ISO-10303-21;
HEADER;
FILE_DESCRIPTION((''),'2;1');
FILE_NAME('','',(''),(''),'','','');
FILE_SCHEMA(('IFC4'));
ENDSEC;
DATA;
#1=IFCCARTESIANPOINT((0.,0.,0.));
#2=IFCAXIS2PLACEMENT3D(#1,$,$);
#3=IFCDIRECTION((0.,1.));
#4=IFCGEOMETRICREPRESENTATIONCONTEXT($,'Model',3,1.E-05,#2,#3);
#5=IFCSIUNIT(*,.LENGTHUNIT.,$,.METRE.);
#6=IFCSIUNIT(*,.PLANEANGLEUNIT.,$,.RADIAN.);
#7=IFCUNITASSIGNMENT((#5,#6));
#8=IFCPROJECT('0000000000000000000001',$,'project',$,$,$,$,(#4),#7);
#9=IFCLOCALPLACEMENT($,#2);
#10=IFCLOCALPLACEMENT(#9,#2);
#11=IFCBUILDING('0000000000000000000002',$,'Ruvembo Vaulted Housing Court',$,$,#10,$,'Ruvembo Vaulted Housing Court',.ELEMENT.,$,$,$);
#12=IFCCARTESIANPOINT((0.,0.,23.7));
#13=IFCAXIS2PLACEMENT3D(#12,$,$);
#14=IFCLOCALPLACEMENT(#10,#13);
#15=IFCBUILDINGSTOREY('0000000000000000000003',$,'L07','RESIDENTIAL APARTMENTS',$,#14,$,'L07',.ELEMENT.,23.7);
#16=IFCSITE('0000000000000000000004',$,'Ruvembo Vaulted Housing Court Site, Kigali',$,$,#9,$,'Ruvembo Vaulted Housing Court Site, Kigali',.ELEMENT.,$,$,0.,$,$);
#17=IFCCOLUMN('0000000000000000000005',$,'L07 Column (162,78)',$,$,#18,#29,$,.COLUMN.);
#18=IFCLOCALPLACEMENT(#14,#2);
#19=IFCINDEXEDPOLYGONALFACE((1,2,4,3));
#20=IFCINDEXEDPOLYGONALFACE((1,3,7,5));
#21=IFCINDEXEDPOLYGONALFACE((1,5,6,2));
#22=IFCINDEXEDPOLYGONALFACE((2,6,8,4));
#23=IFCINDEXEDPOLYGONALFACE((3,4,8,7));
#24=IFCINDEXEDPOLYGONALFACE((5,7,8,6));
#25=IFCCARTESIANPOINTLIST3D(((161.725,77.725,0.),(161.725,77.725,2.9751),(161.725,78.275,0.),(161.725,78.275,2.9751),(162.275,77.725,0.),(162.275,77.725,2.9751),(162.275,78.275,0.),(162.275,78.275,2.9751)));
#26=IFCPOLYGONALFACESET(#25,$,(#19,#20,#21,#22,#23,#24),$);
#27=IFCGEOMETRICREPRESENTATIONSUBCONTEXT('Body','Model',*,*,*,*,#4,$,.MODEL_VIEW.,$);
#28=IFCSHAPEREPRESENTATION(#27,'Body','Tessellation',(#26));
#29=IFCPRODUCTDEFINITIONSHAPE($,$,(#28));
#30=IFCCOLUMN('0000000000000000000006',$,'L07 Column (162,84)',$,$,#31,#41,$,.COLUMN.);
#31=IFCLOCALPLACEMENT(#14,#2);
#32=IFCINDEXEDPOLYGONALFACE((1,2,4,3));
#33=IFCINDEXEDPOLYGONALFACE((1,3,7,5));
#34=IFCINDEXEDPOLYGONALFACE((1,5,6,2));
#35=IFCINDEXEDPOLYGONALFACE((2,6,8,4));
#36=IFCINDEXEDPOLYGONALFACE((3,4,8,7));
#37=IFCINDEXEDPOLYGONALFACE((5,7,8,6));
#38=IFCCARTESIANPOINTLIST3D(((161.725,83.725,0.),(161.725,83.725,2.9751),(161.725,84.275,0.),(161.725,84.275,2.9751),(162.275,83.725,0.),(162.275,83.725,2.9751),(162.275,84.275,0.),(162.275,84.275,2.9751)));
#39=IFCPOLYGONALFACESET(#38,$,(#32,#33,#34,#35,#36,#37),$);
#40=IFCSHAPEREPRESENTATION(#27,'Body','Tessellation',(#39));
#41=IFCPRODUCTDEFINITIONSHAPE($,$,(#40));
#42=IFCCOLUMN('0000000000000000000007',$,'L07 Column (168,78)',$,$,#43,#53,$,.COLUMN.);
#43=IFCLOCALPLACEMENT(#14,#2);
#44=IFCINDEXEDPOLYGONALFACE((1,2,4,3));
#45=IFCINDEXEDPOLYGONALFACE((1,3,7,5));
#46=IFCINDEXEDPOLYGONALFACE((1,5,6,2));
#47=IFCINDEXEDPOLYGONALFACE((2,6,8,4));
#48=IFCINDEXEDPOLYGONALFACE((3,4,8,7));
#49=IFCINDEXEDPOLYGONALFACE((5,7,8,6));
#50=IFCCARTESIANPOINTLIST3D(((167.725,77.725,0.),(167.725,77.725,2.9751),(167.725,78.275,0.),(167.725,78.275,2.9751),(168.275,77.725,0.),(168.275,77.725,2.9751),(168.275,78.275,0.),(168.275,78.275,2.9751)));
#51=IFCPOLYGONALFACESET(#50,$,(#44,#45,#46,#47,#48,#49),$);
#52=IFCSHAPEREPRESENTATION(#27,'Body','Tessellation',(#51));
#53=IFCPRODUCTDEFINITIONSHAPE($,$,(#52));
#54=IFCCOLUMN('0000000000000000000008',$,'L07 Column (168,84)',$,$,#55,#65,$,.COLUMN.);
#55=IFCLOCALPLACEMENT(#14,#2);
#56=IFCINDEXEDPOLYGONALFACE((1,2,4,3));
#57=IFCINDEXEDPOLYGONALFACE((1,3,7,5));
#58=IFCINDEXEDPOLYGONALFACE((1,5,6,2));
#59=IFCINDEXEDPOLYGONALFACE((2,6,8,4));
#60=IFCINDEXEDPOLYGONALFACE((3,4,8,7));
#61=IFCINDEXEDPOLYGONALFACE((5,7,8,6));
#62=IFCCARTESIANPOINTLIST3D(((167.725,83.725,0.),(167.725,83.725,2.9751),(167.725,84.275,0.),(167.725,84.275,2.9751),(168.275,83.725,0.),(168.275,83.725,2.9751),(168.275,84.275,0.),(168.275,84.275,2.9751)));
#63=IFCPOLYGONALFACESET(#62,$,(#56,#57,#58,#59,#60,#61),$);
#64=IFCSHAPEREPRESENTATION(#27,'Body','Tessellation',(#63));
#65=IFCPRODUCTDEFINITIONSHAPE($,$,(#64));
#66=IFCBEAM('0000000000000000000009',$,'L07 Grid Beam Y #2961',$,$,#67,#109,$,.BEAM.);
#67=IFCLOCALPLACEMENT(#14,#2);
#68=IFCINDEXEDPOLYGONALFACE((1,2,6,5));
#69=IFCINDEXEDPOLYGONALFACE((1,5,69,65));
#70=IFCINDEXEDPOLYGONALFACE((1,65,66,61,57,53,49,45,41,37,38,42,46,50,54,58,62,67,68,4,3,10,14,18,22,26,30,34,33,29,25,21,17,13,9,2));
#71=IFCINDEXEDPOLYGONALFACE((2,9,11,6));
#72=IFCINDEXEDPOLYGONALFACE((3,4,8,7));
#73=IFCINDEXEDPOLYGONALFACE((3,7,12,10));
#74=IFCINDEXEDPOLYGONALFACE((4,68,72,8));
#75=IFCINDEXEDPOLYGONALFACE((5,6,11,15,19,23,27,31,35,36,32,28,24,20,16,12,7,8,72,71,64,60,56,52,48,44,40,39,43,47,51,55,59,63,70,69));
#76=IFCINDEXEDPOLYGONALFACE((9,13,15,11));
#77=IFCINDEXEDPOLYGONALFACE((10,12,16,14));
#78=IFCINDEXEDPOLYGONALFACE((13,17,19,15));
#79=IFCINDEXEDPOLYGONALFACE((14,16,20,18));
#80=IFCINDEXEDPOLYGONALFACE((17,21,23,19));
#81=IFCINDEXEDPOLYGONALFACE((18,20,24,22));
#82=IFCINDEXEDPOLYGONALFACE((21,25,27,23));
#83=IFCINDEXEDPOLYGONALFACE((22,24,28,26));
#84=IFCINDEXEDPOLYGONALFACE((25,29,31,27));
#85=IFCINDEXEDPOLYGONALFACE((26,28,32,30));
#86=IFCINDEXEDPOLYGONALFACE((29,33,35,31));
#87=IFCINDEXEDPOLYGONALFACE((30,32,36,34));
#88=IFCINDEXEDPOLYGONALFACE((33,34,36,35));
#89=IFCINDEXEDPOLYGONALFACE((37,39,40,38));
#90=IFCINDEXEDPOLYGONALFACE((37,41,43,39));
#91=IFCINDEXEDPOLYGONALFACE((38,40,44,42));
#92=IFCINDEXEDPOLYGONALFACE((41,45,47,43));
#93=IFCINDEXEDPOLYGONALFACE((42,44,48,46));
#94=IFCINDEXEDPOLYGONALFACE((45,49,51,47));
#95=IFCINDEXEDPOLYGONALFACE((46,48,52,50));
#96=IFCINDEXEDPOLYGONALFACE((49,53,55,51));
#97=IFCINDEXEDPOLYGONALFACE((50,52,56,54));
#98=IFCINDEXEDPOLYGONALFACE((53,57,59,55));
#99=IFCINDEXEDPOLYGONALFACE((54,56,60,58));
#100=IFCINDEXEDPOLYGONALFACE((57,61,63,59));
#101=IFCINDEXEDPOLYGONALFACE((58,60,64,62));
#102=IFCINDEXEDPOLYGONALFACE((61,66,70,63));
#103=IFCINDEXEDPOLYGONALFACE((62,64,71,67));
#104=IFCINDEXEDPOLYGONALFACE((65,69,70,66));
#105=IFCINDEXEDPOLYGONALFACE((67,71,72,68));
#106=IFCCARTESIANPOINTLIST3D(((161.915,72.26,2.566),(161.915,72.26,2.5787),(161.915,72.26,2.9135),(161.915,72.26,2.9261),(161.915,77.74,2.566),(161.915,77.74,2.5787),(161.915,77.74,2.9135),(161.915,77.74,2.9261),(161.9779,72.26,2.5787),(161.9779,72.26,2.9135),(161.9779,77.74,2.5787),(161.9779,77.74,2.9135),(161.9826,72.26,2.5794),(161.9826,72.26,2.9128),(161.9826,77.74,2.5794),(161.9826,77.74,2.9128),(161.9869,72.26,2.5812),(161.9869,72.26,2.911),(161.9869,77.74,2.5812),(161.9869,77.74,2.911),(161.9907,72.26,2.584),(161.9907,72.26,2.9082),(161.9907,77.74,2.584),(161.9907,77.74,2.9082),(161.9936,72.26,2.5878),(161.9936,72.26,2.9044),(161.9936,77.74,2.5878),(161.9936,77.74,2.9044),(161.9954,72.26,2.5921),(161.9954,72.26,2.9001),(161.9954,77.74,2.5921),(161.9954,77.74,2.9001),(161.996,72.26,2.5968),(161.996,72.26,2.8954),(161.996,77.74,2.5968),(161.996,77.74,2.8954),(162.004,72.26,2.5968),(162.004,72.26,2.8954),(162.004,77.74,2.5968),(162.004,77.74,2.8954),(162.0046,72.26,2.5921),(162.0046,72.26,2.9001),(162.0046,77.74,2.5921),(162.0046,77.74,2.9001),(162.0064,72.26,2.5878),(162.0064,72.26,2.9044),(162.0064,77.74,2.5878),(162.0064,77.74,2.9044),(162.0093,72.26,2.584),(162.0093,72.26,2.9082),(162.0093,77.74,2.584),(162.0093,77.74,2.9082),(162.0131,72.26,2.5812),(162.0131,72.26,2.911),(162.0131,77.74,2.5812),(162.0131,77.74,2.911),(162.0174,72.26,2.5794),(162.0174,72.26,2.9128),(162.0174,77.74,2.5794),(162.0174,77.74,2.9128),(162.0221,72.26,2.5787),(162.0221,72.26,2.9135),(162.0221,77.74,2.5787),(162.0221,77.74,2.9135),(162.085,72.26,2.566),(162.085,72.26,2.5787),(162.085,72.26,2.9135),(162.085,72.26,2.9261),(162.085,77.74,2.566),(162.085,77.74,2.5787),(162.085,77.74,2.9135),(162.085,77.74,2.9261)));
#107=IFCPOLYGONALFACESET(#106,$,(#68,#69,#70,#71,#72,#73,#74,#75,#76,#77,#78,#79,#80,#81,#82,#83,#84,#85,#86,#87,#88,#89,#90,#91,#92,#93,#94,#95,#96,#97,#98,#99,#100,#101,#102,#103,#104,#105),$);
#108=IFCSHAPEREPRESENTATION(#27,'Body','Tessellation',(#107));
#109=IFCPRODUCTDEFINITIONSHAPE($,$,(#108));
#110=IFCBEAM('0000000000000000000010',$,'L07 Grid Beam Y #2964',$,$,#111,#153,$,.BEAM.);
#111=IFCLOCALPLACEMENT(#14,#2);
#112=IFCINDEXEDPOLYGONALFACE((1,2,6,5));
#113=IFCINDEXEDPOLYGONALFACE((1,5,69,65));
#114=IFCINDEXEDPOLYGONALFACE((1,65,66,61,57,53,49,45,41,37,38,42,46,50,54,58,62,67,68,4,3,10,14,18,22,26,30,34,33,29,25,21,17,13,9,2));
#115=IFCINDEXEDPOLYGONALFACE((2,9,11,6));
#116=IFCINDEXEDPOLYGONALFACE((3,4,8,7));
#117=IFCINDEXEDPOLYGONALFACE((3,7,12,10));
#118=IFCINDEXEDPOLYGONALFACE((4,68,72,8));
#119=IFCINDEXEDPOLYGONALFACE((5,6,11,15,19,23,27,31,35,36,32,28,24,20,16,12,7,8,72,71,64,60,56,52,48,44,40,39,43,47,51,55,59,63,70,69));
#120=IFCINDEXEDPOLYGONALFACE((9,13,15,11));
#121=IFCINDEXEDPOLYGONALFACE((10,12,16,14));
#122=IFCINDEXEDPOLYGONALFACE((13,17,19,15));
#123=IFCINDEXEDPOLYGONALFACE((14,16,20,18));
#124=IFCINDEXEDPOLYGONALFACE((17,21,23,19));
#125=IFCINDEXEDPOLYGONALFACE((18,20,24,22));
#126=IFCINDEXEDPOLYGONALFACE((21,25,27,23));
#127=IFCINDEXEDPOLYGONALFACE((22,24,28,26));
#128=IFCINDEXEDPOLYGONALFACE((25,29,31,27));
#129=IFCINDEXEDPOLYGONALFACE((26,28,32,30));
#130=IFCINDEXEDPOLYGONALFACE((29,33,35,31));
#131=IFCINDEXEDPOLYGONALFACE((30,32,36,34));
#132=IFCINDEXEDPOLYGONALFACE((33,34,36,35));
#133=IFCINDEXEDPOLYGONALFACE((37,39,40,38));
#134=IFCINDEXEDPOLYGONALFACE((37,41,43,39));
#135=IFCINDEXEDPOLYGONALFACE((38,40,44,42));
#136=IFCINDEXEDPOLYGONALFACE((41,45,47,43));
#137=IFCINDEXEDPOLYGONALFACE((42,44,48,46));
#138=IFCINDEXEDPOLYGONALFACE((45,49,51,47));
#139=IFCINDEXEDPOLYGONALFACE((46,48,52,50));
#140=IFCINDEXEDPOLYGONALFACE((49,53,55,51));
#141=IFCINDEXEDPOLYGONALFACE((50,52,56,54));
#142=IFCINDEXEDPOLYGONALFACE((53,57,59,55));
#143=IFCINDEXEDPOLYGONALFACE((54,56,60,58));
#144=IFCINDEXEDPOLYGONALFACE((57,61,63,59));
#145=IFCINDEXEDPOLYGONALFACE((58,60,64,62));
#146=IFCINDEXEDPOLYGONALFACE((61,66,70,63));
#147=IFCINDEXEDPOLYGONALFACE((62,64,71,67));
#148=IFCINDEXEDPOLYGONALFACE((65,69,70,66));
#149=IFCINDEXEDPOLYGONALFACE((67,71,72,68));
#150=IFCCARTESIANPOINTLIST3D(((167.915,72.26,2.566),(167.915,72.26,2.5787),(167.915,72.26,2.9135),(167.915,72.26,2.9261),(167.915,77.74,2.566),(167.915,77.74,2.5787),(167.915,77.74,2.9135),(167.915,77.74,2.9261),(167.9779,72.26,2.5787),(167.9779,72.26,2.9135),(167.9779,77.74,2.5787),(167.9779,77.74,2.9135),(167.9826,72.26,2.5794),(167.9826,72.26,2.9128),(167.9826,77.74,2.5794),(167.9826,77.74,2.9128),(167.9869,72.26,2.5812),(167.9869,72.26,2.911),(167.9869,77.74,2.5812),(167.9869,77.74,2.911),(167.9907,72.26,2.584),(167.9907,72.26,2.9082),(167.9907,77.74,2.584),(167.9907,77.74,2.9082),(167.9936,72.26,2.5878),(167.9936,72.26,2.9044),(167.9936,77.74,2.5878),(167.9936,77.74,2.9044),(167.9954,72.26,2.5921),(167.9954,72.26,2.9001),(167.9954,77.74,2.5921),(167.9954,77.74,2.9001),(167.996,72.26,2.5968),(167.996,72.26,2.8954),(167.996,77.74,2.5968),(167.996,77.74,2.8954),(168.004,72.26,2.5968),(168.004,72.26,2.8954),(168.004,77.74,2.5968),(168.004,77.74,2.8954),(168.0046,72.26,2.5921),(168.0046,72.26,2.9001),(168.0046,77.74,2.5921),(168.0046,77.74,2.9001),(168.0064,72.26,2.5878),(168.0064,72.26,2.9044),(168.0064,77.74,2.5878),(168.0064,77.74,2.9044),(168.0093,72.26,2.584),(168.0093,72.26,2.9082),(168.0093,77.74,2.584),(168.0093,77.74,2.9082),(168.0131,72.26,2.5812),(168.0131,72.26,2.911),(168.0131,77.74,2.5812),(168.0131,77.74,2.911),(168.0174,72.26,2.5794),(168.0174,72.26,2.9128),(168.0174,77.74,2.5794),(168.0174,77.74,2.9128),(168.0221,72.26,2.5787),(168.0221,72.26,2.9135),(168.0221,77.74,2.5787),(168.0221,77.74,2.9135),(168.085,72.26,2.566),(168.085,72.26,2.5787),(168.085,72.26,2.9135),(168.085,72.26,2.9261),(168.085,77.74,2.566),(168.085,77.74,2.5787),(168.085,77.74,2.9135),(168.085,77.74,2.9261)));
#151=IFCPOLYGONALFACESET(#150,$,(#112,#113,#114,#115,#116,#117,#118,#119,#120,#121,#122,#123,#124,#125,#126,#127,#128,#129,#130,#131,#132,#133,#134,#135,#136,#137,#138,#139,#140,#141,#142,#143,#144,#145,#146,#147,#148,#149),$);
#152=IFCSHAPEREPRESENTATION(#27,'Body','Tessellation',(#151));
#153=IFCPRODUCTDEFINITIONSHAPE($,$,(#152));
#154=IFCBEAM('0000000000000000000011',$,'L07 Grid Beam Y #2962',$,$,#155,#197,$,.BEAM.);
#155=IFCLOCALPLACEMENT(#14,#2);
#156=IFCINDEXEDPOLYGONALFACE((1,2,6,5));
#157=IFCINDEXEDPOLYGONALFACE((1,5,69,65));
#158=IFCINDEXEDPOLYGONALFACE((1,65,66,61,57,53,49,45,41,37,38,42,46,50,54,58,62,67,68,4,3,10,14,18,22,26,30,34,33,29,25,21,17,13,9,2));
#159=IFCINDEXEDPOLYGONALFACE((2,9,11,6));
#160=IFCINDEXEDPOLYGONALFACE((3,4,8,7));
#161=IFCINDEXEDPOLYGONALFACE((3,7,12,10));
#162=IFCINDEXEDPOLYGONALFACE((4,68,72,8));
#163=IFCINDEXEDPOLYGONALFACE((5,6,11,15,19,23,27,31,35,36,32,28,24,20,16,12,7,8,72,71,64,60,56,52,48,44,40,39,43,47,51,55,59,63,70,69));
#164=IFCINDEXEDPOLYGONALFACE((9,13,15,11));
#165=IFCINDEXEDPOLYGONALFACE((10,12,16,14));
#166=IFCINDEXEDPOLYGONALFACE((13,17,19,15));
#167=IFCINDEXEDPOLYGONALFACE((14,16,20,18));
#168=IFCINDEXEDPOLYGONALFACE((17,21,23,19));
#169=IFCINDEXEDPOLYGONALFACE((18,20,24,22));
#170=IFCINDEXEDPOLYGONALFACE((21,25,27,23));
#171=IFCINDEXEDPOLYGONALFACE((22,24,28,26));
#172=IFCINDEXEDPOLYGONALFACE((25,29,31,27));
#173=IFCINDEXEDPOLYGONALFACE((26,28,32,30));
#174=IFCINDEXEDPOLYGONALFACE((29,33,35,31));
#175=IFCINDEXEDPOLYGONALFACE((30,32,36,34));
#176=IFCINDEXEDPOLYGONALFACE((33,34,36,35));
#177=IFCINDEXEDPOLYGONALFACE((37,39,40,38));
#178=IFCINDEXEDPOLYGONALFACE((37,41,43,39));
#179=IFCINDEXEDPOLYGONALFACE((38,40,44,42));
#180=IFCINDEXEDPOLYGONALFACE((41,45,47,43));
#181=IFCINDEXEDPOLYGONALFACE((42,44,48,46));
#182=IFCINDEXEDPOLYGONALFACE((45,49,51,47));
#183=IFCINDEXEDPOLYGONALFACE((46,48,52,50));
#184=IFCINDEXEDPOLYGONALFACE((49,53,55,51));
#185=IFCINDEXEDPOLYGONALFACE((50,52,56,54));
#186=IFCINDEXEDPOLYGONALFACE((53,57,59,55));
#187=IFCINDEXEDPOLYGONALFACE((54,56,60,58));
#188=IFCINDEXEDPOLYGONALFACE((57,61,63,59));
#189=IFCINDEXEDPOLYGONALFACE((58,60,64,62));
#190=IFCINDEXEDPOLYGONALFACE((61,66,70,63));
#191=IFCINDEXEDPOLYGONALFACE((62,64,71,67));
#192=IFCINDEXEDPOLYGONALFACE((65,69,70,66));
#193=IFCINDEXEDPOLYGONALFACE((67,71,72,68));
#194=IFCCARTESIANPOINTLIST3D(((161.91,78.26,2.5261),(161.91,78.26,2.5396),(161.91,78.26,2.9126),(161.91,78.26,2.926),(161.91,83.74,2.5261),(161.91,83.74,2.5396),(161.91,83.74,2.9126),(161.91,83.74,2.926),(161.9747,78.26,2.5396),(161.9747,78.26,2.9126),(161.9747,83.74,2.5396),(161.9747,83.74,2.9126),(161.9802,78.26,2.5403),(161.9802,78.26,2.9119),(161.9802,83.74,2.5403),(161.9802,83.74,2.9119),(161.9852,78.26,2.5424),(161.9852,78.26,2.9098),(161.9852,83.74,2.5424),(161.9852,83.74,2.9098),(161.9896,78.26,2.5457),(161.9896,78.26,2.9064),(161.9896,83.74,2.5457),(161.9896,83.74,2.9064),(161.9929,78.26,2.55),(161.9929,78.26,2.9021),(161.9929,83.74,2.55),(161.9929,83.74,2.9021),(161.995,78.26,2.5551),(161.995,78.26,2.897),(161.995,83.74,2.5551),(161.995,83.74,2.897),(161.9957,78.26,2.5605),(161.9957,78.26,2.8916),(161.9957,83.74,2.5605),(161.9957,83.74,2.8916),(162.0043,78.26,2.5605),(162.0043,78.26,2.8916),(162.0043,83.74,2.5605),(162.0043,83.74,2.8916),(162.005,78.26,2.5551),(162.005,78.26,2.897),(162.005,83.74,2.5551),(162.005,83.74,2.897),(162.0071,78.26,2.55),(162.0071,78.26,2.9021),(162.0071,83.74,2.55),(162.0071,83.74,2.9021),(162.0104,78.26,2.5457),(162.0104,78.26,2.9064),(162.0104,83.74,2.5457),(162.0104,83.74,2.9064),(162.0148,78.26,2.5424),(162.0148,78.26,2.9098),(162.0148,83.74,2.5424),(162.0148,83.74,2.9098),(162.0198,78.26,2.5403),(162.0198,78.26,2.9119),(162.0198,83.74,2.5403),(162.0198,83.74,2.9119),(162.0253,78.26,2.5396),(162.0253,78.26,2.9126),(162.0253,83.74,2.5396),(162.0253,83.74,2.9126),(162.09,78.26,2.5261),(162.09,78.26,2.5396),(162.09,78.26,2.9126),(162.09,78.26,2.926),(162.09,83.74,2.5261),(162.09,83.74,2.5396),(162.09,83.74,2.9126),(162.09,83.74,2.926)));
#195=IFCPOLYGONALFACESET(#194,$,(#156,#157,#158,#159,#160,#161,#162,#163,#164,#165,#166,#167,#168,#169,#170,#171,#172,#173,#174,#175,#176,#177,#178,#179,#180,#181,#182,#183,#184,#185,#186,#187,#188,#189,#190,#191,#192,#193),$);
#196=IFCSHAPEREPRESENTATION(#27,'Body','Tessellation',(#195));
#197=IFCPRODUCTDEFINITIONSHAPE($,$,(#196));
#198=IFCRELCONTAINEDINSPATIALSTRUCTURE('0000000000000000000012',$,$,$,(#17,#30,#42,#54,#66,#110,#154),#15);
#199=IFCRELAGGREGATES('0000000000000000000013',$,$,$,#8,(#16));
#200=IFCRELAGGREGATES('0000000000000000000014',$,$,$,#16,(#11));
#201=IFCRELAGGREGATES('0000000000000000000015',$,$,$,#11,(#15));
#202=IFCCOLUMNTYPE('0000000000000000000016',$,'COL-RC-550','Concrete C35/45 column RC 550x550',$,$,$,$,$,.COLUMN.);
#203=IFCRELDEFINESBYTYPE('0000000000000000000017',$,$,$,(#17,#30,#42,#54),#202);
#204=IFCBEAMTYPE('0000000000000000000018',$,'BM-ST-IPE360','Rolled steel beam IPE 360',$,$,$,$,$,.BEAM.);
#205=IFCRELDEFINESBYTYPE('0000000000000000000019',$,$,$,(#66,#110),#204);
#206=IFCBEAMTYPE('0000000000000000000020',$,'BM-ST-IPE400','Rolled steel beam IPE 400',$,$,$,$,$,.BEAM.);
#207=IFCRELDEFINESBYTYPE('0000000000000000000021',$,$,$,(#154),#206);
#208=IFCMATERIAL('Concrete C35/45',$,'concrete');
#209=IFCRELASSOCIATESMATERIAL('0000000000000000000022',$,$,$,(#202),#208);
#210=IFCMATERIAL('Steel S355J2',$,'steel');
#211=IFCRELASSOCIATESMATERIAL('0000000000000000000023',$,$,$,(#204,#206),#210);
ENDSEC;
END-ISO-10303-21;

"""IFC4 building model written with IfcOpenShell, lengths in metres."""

from ifc_helpers import new_model, si_unit, direction, frame, origin, origin_2d, place, context, subcontext, project, spatial, rectangle, i_section, extrude, material, material_profile, profile_set, type_object, element, save


model = new_model("IFC4")

# Units and contexts
model_context = context("Model", 3, precision=1e-05, world=origin(), true_north=direction((0.0, 1.0)))
body_context = subcontext(model_context, "Body", "Model", "MODEL_VIEW")
ifc_project = project(units=[si_unit("LENGTHUNIT", "METRE"), si_unit("PLANEANGLEUNIT", "RADIAN")], contexts=[model_context])

# Site, building, storey
site_placement = place(None, origin())
site = spatial("IfcSite", under=ifc_project, at=site_placement, Name="Ruvembo Vaulted Housing Court Site, Kigali", LongName="Ruvembo Vaulted Housing Court Site, Kigali", CompositionType="ELEMENT", RefElevation=0.0)
building_placement = place(site_placement, origin())
building = spatial("IfcBuilding", under=site, at=building_placement, Name="Ruvembo Vaulted Housing Court", LongName="Ruvembo Vaulted Housing Court", CompositionType="ELEMENT")
storey_placement = place(building_placement, frame((0.0, 0.0, 23.7)))
storey = spatial("IfcBuildingStorey", under=building, at=storey_placement, Name="L07", Description="RESIDENTIAL APARTMENTS", LongName="L07", CompositionType="ELEMENT", Elevation=23.7)

# Columns
ifc_material_1 = material(Name="Concrete C35/45", Category="concrete")
ifc_material_profile_1 = material_profile(ifc_material_1, rectangle(XDim=0.55, YDim=0.55, at=origin_2d()), Name="RC 550x550")
ifc_profile_set_1 = profile_set([ifc_material_profile_1], Name="Concrete C35/45")
column_type = type_object("IfcColumnType", Name="COL-RC-550", Description="Concrete C35/45 column RC 550x550", PredefinedType="COLUMN", material=ifc_profile_set_1)
for number, where, z_axis, x_axis, name in (
    (1, (162.0, 78.0, 0.0), (0.0, 0.0, 1.0), (1.0, 0.0, 0.0), "L07 Column (162,78)"),
    (2, (162.0, 84.0, 0.0), (0.0, 0.0, 1.0), (1.0, 0.0, 0.0), "L07 Column (162,84)"),
    (3, (168.0, 78.0, 0.0), (0.0, 0.0, 1.0), (1.0, 0.0, 0.0), "L07 Column (168,78)"),
    (4, (168.0, 84.0, 0.0), (0.0, 0.0, 1.0), (1.0, 0.0, 0.0), "L07 Column (168,84)"),
):
    element("IfcColumn", number, at=place(storey_placement, frame(where, z_axis=z_axis, x_axis=x_axis)), inside=storey, type_object=column_type, Name=name, PredefinedType="COLUMN", context=body_context, shape_type="SweptSolid", body=[
        extrude(rectangle(XDim=0.55, YDim=0.55, at=origin_2d()), origin(), (0.0, 0.0, 1.0), 2.9751),
    ])

# Beams
ifc_material_2 = material(Name="Steel S355J2", Category="steel")
ifc_material_profile_2 = material_profile(ifc_material_2, i_section(OverallWidth=0.1699, OverallDepth=0.3601, WebThickness=0.0081, FlangeThickness=0.0127, FilletRadius=0.0181, at=origin_2d()), Name="IPE 360")
ifc_profile_set_2 = profile_set([ifc_material_profile_2], Name="Steel S355J2")
beam_type_1 = type_object("IfcBeamType", Name="BM-ST-IPE360", Description="Rolled steel beam IPE 360", PredefinedType="BEAM", material=ifc_profile_set_2)
for number, where, z_axis, x_axis, name in (
    (5, (162.0, 72.26, 2.7461), (0.0, 1.0, 0.0), (-1.0, 0.0, 0.0), "L07 Grid Beam Y #2961"),
    (6, (168.0, 72.26, 2.7461), (0.0, 1.0, 0.0), (-1.0, 0.0, 0.0), "L07 Grid Beam Y #2964"),
):
    element("IfcBeam", number, at=place(storey_placement, frame(where, z_axis=z_axis, x_axis=x_axis)), inside=storey, type_object=beam_type_1, Name=name, PredefinedType="BEAM", context=body_context, shape_type="SweptSolid", body=[
        extrude(i_section(OverallWidth=0.1699, OverallDepth=0.3601, WebThickness=0.0081, FlangeThickness=0.0127, FilletRadius=0.0181, at=origin_2d()), origin(), (0.0, 0.0, 1.0), 5.48),
    ])
ifc_material_profile_3 = material_profile(ifc_material_2, i_section(OverallWidth=0.1799, OverallDepth=0.3999, WebThickness=0.0085, FlangeThickness=0.0134, FilletRadius=0.021, at=origin_2d()), Name="IPE 400")
ifc_profile_set_3 = profile_set([ifc_material_profile_3], Name="Steel S355J2")
beam_type_2 = type_object("IfcBeamType", Name="BM-ST-IPE400", Description="Rolled steel beam IPE 400", PredefinedType="BEAM", material=ifc_profile_set_3)
for number, where, z_axis, x_axis, name in (
    (7, (162.0, 78.26, 2.7261), (0.0, 1.0, 0.0), (-1.0, 0.0, 0.0), "L07 Grid Beam Y #2962"),
):
    element("IfcBeam", number, at=place(storey_placement, frame(where, z_axis=z_axis, x_axis=x_axis)), inside=storey, type_object=beam_type_2, Name=name, PredefinedType="BEAM", context=body_context, shape_type="SweptSolid", body=[
        extrude(i_section(OverallWidth=0.1799, OverallDepth=0.3999, WebThickness=0.0085, FlangeThickness=0.0134, FilletRadius=0.021, at=origin_2d()), origin(), (0.0, 0.0, 1.0), 5.48),
    ])

save(model, "model.ifc")
